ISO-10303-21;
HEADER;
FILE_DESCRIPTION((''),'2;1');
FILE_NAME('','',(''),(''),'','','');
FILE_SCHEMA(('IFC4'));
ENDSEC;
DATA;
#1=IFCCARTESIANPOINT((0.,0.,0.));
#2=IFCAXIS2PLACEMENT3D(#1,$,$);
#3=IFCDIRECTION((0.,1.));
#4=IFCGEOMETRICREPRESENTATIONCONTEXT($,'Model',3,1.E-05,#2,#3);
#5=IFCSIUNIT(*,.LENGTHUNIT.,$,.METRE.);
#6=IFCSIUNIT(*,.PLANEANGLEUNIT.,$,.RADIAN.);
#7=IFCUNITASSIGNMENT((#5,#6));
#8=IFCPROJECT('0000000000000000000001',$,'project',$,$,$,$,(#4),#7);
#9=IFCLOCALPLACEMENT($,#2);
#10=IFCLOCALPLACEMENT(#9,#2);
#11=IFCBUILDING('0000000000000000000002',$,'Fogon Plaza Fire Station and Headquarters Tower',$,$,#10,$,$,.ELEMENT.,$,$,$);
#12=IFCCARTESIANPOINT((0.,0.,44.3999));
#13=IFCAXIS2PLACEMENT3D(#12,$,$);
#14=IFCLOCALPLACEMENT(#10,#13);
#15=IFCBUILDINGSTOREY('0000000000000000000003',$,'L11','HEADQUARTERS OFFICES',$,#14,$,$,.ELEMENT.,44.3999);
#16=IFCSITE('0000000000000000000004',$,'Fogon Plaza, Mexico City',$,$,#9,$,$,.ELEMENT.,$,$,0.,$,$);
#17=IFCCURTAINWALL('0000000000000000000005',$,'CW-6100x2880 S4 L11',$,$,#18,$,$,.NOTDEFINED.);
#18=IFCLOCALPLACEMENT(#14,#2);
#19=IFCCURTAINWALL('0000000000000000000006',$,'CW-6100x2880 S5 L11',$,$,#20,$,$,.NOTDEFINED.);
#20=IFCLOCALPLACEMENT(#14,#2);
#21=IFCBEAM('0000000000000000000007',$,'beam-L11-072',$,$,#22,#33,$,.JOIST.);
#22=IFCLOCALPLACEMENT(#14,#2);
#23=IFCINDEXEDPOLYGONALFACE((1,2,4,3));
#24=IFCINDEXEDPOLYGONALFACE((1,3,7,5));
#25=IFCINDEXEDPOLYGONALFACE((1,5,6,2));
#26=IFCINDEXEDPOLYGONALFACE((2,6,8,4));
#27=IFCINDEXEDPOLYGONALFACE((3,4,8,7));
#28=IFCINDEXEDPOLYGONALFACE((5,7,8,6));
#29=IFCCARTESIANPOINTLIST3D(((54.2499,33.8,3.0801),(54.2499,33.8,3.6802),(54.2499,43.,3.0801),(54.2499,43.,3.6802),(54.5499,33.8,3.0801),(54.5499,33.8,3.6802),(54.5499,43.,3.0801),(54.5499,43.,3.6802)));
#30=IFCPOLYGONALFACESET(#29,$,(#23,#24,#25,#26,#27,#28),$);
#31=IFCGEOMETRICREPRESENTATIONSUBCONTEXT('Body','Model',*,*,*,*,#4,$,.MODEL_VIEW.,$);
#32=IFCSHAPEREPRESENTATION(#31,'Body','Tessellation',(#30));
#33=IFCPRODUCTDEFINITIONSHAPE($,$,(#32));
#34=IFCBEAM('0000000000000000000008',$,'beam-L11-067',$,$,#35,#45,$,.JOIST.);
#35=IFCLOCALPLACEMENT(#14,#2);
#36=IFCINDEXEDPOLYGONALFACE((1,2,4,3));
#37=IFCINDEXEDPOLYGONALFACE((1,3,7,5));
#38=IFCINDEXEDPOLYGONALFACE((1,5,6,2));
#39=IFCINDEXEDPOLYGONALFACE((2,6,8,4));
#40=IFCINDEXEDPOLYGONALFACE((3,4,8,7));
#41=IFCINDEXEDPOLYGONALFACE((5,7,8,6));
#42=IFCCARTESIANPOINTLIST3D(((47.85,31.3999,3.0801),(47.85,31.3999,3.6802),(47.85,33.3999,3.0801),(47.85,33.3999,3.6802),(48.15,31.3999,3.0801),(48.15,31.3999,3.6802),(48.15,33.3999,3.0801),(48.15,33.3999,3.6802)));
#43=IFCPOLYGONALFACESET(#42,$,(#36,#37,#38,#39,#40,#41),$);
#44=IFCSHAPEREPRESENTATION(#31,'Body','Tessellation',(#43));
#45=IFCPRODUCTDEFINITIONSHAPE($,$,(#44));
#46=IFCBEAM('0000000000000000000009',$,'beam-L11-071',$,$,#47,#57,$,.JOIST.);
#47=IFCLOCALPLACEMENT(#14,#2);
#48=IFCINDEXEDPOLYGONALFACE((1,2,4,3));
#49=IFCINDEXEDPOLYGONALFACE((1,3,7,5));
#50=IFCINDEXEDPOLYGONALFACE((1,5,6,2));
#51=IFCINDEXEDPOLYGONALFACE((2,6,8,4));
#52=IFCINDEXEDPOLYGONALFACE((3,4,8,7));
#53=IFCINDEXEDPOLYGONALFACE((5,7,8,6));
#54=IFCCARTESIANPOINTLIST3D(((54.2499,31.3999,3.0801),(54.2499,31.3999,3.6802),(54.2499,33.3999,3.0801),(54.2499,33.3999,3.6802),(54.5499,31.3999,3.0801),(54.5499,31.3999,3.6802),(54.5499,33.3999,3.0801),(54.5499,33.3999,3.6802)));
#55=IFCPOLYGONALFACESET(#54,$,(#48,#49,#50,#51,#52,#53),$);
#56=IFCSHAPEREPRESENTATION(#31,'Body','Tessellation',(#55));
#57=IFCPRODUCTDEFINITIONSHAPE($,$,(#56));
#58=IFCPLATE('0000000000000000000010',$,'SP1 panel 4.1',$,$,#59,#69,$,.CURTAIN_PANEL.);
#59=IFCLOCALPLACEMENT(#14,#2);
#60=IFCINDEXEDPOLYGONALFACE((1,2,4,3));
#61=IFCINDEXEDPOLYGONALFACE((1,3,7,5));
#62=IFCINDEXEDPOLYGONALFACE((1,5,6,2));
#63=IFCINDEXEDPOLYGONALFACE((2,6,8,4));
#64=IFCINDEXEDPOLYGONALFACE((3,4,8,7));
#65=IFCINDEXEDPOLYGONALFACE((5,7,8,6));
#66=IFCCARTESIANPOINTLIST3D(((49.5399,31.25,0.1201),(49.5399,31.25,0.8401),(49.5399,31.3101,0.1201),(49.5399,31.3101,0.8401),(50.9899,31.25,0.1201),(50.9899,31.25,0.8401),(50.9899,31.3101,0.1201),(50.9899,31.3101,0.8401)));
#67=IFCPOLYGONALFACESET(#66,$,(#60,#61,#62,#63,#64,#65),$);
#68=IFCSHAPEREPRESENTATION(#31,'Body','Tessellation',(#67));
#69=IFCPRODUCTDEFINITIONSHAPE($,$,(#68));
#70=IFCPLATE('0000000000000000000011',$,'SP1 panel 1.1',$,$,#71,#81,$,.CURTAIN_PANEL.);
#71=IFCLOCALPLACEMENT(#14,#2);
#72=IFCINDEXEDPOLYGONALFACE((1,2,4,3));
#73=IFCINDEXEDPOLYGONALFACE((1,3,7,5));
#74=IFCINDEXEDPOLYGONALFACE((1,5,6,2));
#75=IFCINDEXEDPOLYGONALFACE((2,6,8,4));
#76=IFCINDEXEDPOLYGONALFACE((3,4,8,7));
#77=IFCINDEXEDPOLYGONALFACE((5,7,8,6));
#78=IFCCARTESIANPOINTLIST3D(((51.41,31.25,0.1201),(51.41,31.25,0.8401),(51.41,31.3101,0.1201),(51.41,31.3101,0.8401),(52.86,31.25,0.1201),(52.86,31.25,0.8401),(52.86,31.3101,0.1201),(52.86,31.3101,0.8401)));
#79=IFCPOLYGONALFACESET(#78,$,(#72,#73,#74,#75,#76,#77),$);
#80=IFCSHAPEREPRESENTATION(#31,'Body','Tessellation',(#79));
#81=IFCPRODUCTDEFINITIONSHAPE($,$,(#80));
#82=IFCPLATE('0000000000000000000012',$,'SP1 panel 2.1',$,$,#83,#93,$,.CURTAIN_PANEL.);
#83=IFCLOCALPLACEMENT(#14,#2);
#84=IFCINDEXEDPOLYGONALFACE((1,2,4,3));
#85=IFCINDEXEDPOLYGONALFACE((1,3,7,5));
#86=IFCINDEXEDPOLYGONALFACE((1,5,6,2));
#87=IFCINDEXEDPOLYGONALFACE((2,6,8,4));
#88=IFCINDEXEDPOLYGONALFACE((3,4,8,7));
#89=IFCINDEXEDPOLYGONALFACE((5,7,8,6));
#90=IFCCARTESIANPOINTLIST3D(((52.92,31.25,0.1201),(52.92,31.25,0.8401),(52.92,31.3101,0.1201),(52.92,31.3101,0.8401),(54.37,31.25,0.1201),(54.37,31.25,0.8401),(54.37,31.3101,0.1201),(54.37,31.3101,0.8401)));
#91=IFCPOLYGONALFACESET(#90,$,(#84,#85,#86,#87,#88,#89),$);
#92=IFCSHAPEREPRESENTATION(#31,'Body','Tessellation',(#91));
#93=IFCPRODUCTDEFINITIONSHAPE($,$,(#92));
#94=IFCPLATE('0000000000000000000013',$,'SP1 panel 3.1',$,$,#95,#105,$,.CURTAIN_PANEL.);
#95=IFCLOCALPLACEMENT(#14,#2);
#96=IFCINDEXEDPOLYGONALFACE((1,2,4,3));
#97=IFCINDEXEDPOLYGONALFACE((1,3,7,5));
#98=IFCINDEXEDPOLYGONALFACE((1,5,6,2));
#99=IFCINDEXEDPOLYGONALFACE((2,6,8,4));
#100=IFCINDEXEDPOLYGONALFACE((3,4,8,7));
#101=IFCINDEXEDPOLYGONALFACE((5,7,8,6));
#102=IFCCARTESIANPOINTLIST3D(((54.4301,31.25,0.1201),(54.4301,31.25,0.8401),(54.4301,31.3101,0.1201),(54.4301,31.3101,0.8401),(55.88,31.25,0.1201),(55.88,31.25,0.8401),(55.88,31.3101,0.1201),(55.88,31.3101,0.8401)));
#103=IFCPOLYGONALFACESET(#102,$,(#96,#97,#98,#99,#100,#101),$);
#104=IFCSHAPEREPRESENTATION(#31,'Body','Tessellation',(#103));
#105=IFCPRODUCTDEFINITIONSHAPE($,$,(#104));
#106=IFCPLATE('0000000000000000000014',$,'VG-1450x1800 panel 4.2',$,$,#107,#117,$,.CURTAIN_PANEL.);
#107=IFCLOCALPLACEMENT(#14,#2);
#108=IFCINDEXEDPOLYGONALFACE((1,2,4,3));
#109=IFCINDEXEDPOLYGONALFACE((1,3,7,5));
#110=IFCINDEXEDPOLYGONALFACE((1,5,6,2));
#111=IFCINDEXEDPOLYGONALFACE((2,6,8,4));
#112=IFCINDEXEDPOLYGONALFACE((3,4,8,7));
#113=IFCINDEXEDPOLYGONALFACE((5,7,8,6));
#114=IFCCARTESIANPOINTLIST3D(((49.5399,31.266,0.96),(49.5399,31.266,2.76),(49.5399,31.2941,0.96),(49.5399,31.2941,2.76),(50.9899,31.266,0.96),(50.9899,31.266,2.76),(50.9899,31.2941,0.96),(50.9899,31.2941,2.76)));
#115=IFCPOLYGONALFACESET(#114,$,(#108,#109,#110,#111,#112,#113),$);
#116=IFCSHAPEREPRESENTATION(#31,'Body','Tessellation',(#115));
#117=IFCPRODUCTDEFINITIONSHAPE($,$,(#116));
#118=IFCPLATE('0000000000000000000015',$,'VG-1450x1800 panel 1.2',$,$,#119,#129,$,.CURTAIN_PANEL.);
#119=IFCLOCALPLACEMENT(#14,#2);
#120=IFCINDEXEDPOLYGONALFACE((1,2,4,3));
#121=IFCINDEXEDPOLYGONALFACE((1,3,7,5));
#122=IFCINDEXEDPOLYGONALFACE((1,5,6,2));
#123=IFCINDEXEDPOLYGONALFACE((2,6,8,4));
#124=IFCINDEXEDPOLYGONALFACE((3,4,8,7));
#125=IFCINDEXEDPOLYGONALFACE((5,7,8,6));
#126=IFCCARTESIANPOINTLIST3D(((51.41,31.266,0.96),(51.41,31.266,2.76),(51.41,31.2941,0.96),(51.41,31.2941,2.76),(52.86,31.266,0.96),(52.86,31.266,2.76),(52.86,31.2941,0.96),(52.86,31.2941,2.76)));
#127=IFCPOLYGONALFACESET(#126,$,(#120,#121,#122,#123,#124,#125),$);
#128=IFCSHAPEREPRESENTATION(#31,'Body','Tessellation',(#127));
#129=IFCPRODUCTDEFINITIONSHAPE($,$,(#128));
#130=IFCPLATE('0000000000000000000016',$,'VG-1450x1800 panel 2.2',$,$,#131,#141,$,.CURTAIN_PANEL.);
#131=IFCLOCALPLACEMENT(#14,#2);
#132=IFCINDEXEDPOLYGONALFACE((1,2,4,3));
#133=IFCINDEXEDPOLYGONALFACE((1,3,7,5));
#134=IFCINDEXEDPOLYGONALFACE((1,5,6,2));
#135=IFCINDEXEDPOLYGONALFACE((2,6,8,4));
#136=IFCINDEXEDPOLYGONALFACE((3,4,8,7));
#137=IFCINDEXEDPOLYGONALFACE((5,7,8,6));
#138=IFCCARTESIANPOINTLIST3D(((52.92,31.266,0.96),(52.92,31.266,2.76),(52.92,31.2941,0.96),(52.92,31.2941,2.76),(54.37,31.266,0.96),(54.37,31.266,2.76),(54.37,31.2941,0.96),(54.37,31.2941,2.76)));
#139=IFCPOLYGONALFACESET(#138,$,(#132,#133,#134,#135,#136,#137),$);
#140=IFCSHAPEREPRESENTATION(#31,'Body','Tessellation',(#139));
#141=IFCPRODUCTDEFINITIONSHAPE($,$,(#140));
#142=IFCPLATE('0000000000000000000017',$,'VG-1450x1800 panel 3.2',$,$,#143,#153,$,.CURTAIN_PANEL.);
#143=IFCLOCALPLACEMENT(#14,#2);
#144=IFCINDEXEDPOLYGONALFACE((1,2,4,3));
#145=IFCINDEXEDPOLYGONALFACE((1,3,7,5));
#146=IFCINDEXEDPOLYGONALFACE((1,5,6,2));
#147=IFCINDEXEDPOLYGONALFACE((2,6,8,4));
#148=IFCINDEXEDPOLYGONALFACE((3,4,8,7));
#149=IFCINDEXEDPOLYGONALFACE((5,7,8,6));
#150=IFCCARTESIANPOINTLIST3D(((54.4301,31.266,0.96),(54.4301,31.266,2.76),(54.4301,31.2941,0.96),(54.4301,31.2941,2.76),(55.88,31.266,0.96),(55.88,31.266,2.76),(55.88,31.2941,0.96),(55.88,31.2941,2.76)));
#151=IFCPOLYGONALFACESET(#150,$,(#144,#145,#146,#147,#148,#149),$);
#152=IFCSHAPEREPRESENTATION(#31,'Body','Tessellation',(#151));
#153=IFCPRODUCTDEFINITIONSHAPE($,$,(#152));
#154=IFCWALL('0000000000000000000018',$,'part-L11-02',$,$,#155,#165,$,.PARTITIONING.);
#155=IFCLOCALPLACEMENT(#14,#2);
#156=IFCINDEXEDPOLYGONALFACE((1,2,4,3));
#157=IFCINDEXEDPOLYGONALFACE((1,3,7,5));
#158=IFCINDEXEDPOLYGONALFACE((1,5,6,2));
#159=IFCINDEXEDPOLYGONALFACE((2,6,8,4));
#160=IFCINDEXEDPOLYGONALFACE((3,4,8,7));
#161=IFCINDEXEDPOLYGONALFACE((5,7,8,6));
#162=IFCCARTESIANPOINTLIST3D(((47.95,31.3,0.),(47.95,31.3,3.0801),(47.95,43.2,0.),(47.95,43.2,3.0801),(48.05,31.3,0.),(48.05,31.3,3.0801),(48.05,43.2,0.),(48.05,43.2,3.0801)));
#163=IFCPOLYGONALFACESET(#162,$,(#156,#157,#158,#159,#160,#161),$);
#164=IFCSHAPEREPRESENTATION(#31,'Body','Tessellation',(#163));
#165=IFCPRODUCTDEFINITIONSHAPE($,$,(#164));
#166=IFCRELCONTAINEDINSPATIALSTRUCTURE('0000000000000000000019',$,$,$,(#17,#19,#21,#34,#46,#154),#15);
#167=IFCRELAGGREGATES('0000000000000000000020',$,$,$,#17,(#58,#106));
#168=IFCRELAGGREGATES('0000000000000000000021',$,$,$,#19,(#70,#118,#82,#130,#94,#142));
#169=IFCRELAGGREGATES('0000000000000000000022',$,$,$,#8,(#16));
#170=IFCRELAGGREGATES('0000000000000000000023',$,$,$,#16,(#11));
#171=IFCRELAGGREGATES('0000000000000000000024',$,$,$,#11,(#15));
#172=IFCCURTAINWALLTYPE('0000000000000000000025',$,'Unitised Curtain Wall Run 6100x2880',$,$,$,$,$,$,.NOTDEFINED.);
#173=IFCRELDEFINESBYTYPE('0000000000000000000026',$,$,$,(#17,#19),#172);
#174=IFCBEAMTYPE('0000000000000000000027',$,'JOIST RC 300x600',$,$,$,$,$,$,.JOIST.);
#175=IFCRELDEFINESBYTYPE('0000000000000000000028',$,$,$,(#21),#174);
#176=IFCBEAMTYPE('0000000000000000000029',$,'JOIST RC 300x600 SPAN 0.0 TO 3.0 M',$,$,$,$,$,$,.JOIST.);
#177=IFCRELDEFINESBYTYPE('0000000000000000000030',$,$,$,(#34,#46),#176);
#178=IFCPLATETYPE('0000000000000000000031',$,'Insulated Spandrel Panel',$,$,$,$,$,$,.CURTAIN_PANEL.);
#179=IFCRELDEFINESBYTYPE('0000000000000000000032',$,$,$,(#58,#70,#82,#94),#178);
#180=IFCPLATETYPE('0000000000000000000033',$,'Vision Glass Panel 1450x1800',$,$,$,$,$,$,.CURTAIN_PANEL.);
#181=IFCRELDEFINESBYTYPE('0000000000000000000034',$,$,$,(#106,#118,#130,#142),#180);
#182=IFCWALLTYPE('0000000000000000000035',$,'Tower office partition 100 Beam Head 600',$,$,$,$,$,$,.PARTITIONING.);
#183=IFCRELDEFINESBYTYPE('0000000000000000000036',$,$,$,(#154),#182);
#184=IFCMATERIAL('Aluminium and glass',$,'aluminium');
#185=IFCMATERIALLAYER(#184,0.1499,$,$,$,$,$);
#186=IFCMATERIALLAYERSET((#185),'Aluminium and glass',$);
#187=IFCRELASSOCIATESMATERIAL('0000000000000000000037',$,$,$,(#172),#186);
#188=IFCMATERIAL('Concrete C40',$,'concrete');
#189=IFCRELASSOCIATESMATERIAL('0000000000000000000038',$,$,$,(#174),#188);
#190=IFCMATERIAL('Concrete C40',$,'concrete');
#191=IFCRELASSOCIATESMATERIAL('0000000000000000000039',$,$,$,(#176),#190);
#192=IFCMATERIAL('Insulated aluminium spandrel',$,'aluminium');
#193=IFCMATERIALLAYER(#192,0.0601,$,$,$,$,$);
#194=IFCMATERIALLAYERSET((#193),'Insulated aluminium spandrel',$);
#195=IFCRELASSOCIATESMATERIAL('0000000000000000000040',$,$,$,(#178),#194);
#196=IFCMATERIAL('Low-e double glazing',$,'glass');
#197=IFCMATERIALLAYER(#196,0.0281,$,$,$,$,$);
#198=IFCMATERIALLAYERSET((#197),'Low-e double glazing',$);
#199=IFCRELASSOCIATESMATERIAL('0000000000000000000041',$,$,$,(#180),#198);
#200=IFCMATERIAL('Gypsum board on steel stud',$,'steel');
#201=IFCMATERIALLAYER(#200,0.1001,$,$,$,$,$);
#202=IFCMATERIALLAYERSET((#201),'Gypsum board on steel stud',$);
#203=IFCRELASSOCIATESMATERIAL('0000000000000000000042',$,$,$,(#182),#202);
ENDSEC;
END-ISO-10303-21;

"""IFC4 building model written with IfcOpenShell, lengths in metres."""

from ifc_helpers import new_model, si_unit, direction, frame, frame_2d, origin, origin_2d, place, context, subcontext, project, spatial, rectangle, extrude, material, layer, layer_set, material_profile, profile_set, type_object, element, aggregate, save


model = new_model("IFC4")

# Units and contexts
model_context = context("Model", 3, precision=1e-05, world=origin(), true_north=direction((0.0, 1.0)))
body_context = subcontext(model_context, "Body", "Model", "MODEL_VIEW")
ifc_project = project(units=[si_unit("LENGTHUNIT", "METRE"), si_unit("PLANEANGLEUNIT", "RADIAN")], contexts=[model_context])

# Site, building, storey
site_placement = place(None, origin())
site = spatial("IfcSite", under=ifc_project, at=site_placement, Name="Fogon Plaza, Mexico City", CompositionType="ELEMENT", RefElevation=0.0)
building_placement = place(site_placement, origin())
building = spatial("IfcBuilding", under=site, at=building_placement, Name="Fogon Plaza Fire Station and Headquarters Tower", CompositionType="ELEMENT")
storey_placement = place(building_placement, frame((0.0, 0.0, 44.3999)))
storey = spatial("IfcBuildingStorey", under=building, at=storey_placement, Name="L11", Description="HEADQUARTERS OFFICES", CompositionType="ELEMENT", Elevation=44.3999)

# Curtain wall
ifc_material_1 = material(Name="Aluminium and glass", Category="aluminium")
ifc_layer_1 = layer(ifc_material_1, 0.1499)
ifc_layer_set_1 = layer_set([ifc_layer_1], Name="Aluminium and glass")
curtain_wall_type = type_object("IfcCurtainWallType", Name="Unitised Curtain Wall Run 6100x2880", PredefinedType="NOTDEFINED", material=ifc_layer_set_1)
curtain_wall_1_placement = place(storey_placement, origin())
curtain_wall_1 = element("IfcCurtainWall", 1, at=curtain_wall_1_placement, inside=storey, type_object=curtain_wall_type, Name="CW-6100x2880 S4 L11", PredefinedType="NOTDEFINED")

# Curtain wall
curtain_wall_2_placement = place(storey_placement, origin())
curtain_wall_2 = element("IfcCurtainWall", 2, at=curtain_wall_2_placement, inside=storey, type_object=curtain_wall_type, Name="CW-6100x2880 S5 L11", PredefinedType="NOTDEFINED")

# Beams
ifc_material_2 = material(Name="Concrete C40", Category="concrete")
ifc_material_profile_1 = material_profile(ifc_material_2, rectangle(XDim=0.3, YDim=0.6001, at=origin_2d()), Name="RC 300x600")
ifc_profile_set_1 = profile_set([ifc_material_profile_1], Name="Concrete C40")
beam_type_1 = type_object("IfcBeamType", Name="JOIST RC 300x600", PredefinedType="JOIST", material=ifc_profile_set_1)
for number, where, z_axis, x_axis, name in (
    (3, (54.3999, 33.8, 3.3801), (0.0, 1.0, 0.0), (-1.0, 0.0, 0.0), "beam-L11-072"),
):
    element("IfcBeam", number, at=place(storey_placement, frame(where, z_axis=z_axis, x_axis=x_axis)), inside=storey, type_object=beam_type_1, Name=name, PredefinedType="JOIST", context=body_context, shape_type="SweptSolid", body=[
        extrude(rectangle(XDim=0.3, YDim=0.6001, at=origin_2d()), origin(), (0.0, 0.0, 1.0), 9.2),
    ])
ifc_material_3 = material(Name="Concrete C40", Category="concrete")
ifc_material_profile_2 = material_profile(ifc_material_3, rectangle(XDim=0.3, YDim=0.6001, at=origin_2d()), Name="RC 300x600")
ifc_profile_set_2 = profile_set([ifc_material_profile_2], Name="Concrete C40")
beam_type_2 = type_object("IfcBeamType", Name="JOIST RC 300x600 SPAN 0.0 TO 3.0 M", PredefinedType="JOIST", material=ifc_profile_set_2)
for number, where, z_axis, x_axis, name in (
    (4, (48.0, 31.3999, 3.3801), (0.0, 1.0, 0.0), (-1.0, 0.0, 0.0), "beam-L11-067"),
    (5, (54.3999, 31.3999, 3.3801), (0.0, 1.0, 0.0), (-1.0, 0.0, 0.0), "beam-L11-071"),
):
    element("IfcBeam", number, at=place(storey_placement, frame(where, z_axis=z_axis, x_axis=x_axis)), inside=storey, type_object=beam_type_2, Name=name, PredefinedType="JOIST", context=body_context, shape_type="SweptSolid", body=[
        extrude(rectangle(XDim=0.3, YDim=0.6001, at=origin_2d()), origin(), (0.0, 0.0, 1.0), 2.0),
    ])

# Plates
ifc_material_4 = material(Name="Insulated aluminium spandrel", Category="aluminium")
ifc_layer_2 = layer(ifc_material_4, 0.0601)
ifc_layer_set_2 = layer_set([ifc_layer_2], Name="Insulated aluminium spandrel")
plate_type_1 = type_object("IfcPlateType", Name="Insulated Spandrel Panel", PredefinedType="CURTAIN_PANEL", material=ifc_layer_set_2)
plate_1_placement = place(storey_placement, frame((50.2649, 31.28, 0.1201), z_axis=(0.0, 0.0, 1.0), x_axis=(1.0, 0.0, 0.0)))
plate_1 = element("IfcPlate", 6, at=plate_1_placement, type_object=plate_type_1, Name="SP1 panel 4.1", PredefinedType="CURTAIN_PANEL", context=body_context, shape_type="SweptSolid", body=[
    extrude(rectangle(XDim=1.45, YDim=0.0601, at=origin_2d()), origin(), (0.0, 0.0, 1.0), 0.72),
])
plate_2_placement = place(storey_placement, frame((52.135, 31.28, 0.1201), z_axis=(0.0, 0.0, 1.0), x_axis=(1.0, 0.0, 0.0)))
plate_2 = element("IfcPlate", 7, at=plate_2_placement, type_object=plate_type_1, Name="SP1 panel 1.1", PredefinedType="CURTAIN_PANEL", context=body_context, shape_type="SweptSolid", body=[
    extrude(rectangle(XDim=1.45, YDim=0.0601, at=origin_2d()), origin(), (0.0, 0.0, 1.0), 0.72),
])
plate_3_placement = place(storey_placement, frame((53.645, 31.28, 0.1201), z_axis=(0.0, 0.0, 1.0), x_axis=(1.0, 0.0, 0.0)))
plate_3 = element("IfcPlate", 8, at=plate_3_placement, type_object=plate_type_1, Name="SP1 panel 2.1", PredefinedType="CURTAIN_PANEL", context=body_context, shape_type="SweptSolid", body=[
    extrude(rectangle(XDim=1.45, YDim=0.0601, at=origin_2d()), origin(), (0.0, 0.0, 1.0), 0.72),
])
plate_4_placement = place(storey_placement, frame((55.155, 31.28, 0.1201), z_axis=(0.0, 0.0, 1.0), x_axis=(1.0, 0.0, 0.0)))
plate_4 = element("IfcPlate", 9, at=plate_4_placement, type_object=plate_type_1, Name="SP1 panel 3.1", PredefinedType="CURTAIN_PANEL", context=body_context, shape_type="SweptSolid", body=[
    extrude(rectangle(XDim=1.45, YDim=0.0601, at=origin_2d()), origin(), (0.0, 0.0, 1.0), 0.72),
])
ifc_material_5 = material(Name="Low-e double glazing", Category="glass")
ifc_layer_3 = layer(ifc_material_5, 0.0281)
ifc_layer_set_3 = layer_set([ifc_layer_3], Name="Low-e double glazing")
plate_type_2 = type_object("IfcPlateType", Name="Vision Glass Panel 1450x1800", PredefinedType="CURTAIN_PANEL", material=ifc_layer_set_3)
plate_5_placement = place(storey_placement, frame((50.2649, 31.28, 0.96), z_axis=(0.0, 0.0, 1.0), x_axis=(1.0, 0.0, 0.0)))
plate_5 = element("IfcPlate", 10, at=plate_5_placement, type_object=plate_type_2, Name="VG-1450x1800 panel 4.2", PredefinedType="CURTAIN_PANEL", context=body_context, shape_type="SweptSolid", body=[
    extrude(rectangle(XDim=1.45, YDim=0.0281, at=origin_2d()), origin(), (0.0, 0.0, 1.0), 1.8),
])
aggregate(curtain_wall_1, [plate_1, plate_5])
plate_6_placement = place(storey_placement, frame((52.135, 31.28, 0.96), z_axis=(0.0, 0.0, 1.0), x_axis=(1.0, 0.0, 0.0)))
plate_6 = element("IfcPlate", 11, at=plate_6_placement, type_object=plate_type_2, Name="VG-1450x1800 panel 1.2", PredefinedType="CURTAIN_PANEL", context=body_context, shape_type="SweptSolid", body=[
    extrude(rectangle(XDim=1.45, YDim=0.0281, at=origin_2d()), origin(), (0.0, 0.0, 1.0), 1.8),
])
plate_7_placement = place(storey_placement, frame((53.645, 31.28, 0.96), z_axis=(0.0, 0.0, 1.0), x_axis=(1.0, 0.0, 0.0)))
plate_7 = element("IfcPlate", 12, at=plate_7_placement, type_object=plate_type_2, Name="VG-1450x1800 panel 2.2", PredefinedType="CURTAIN_PANEL", context=body_context, shape_type="SweptSolid", body=[
    extrude(rectangle(XDim=1.45, YDim=0.0281, at=origin_2d()), origin(), (0.0, 0.0, 1.0), 1.8),
])
plate_8_placement = place(storey_placement, frame((55.155, 31.28, 0.96), z_axis=(0.0, 0.0, 1.0), x_axis=(1.0, 0.0, 0.0)))
plate_8 = element("IfcPlate", 13, at=plate_8_placement, type_object=plate_type_2, Name="VG-1450x1800 panel 3.2", PredefinedType="CURTAIN_PANEL", context=body_context, shape_type="SweptSolid", body=[
    extrude(rectangle(XDim=1.45, YDim=0.0281, at=origin_2d()), origin(), (0.0, 0.0, 1.0), 1.8),
])
aggregate(curtain_wall_2, [plate_2, plate_6, plate_3, plate_7, plate_4, plate_8])

# Wall
ifc_material_6 = material(Name="Gypsum board on steel stud", Category="steel")
ifc_layer_4 = layer(ifc_material_6, 0.1001)
ifc_layer_set_4 = layer_set([ifc_layer_4], Name="Gypsum board on steel stud")
wall_type = type_object("IfcWallType", Name="Tower office partition 100 Beam Head 600", PredefinedType="PARTITIONING", material=ifc_layer_set_4)
wall_placement = place(storey_placement, frame((48.0, 31.3, 0.0), z_axis=(0.0, 0.0, 1.0), x_axis=(0.0, 1.0, 0.0)))
element("IfcWall", 14, at=wall_placement, inside=storey, type_object=wall_type, Name="part-L11-02", PredefinedType="PARTITIONING", context=body_context, shape_type="SweptSolid", body=[
    extrude(rectangle(XDim=11.8999, YDim=0.1001, at=frame_2d((5.95, 0.0))), origin(), (0.0, 0.0, 1.0), 3.0801),
])

save(model, "model.ifc")
